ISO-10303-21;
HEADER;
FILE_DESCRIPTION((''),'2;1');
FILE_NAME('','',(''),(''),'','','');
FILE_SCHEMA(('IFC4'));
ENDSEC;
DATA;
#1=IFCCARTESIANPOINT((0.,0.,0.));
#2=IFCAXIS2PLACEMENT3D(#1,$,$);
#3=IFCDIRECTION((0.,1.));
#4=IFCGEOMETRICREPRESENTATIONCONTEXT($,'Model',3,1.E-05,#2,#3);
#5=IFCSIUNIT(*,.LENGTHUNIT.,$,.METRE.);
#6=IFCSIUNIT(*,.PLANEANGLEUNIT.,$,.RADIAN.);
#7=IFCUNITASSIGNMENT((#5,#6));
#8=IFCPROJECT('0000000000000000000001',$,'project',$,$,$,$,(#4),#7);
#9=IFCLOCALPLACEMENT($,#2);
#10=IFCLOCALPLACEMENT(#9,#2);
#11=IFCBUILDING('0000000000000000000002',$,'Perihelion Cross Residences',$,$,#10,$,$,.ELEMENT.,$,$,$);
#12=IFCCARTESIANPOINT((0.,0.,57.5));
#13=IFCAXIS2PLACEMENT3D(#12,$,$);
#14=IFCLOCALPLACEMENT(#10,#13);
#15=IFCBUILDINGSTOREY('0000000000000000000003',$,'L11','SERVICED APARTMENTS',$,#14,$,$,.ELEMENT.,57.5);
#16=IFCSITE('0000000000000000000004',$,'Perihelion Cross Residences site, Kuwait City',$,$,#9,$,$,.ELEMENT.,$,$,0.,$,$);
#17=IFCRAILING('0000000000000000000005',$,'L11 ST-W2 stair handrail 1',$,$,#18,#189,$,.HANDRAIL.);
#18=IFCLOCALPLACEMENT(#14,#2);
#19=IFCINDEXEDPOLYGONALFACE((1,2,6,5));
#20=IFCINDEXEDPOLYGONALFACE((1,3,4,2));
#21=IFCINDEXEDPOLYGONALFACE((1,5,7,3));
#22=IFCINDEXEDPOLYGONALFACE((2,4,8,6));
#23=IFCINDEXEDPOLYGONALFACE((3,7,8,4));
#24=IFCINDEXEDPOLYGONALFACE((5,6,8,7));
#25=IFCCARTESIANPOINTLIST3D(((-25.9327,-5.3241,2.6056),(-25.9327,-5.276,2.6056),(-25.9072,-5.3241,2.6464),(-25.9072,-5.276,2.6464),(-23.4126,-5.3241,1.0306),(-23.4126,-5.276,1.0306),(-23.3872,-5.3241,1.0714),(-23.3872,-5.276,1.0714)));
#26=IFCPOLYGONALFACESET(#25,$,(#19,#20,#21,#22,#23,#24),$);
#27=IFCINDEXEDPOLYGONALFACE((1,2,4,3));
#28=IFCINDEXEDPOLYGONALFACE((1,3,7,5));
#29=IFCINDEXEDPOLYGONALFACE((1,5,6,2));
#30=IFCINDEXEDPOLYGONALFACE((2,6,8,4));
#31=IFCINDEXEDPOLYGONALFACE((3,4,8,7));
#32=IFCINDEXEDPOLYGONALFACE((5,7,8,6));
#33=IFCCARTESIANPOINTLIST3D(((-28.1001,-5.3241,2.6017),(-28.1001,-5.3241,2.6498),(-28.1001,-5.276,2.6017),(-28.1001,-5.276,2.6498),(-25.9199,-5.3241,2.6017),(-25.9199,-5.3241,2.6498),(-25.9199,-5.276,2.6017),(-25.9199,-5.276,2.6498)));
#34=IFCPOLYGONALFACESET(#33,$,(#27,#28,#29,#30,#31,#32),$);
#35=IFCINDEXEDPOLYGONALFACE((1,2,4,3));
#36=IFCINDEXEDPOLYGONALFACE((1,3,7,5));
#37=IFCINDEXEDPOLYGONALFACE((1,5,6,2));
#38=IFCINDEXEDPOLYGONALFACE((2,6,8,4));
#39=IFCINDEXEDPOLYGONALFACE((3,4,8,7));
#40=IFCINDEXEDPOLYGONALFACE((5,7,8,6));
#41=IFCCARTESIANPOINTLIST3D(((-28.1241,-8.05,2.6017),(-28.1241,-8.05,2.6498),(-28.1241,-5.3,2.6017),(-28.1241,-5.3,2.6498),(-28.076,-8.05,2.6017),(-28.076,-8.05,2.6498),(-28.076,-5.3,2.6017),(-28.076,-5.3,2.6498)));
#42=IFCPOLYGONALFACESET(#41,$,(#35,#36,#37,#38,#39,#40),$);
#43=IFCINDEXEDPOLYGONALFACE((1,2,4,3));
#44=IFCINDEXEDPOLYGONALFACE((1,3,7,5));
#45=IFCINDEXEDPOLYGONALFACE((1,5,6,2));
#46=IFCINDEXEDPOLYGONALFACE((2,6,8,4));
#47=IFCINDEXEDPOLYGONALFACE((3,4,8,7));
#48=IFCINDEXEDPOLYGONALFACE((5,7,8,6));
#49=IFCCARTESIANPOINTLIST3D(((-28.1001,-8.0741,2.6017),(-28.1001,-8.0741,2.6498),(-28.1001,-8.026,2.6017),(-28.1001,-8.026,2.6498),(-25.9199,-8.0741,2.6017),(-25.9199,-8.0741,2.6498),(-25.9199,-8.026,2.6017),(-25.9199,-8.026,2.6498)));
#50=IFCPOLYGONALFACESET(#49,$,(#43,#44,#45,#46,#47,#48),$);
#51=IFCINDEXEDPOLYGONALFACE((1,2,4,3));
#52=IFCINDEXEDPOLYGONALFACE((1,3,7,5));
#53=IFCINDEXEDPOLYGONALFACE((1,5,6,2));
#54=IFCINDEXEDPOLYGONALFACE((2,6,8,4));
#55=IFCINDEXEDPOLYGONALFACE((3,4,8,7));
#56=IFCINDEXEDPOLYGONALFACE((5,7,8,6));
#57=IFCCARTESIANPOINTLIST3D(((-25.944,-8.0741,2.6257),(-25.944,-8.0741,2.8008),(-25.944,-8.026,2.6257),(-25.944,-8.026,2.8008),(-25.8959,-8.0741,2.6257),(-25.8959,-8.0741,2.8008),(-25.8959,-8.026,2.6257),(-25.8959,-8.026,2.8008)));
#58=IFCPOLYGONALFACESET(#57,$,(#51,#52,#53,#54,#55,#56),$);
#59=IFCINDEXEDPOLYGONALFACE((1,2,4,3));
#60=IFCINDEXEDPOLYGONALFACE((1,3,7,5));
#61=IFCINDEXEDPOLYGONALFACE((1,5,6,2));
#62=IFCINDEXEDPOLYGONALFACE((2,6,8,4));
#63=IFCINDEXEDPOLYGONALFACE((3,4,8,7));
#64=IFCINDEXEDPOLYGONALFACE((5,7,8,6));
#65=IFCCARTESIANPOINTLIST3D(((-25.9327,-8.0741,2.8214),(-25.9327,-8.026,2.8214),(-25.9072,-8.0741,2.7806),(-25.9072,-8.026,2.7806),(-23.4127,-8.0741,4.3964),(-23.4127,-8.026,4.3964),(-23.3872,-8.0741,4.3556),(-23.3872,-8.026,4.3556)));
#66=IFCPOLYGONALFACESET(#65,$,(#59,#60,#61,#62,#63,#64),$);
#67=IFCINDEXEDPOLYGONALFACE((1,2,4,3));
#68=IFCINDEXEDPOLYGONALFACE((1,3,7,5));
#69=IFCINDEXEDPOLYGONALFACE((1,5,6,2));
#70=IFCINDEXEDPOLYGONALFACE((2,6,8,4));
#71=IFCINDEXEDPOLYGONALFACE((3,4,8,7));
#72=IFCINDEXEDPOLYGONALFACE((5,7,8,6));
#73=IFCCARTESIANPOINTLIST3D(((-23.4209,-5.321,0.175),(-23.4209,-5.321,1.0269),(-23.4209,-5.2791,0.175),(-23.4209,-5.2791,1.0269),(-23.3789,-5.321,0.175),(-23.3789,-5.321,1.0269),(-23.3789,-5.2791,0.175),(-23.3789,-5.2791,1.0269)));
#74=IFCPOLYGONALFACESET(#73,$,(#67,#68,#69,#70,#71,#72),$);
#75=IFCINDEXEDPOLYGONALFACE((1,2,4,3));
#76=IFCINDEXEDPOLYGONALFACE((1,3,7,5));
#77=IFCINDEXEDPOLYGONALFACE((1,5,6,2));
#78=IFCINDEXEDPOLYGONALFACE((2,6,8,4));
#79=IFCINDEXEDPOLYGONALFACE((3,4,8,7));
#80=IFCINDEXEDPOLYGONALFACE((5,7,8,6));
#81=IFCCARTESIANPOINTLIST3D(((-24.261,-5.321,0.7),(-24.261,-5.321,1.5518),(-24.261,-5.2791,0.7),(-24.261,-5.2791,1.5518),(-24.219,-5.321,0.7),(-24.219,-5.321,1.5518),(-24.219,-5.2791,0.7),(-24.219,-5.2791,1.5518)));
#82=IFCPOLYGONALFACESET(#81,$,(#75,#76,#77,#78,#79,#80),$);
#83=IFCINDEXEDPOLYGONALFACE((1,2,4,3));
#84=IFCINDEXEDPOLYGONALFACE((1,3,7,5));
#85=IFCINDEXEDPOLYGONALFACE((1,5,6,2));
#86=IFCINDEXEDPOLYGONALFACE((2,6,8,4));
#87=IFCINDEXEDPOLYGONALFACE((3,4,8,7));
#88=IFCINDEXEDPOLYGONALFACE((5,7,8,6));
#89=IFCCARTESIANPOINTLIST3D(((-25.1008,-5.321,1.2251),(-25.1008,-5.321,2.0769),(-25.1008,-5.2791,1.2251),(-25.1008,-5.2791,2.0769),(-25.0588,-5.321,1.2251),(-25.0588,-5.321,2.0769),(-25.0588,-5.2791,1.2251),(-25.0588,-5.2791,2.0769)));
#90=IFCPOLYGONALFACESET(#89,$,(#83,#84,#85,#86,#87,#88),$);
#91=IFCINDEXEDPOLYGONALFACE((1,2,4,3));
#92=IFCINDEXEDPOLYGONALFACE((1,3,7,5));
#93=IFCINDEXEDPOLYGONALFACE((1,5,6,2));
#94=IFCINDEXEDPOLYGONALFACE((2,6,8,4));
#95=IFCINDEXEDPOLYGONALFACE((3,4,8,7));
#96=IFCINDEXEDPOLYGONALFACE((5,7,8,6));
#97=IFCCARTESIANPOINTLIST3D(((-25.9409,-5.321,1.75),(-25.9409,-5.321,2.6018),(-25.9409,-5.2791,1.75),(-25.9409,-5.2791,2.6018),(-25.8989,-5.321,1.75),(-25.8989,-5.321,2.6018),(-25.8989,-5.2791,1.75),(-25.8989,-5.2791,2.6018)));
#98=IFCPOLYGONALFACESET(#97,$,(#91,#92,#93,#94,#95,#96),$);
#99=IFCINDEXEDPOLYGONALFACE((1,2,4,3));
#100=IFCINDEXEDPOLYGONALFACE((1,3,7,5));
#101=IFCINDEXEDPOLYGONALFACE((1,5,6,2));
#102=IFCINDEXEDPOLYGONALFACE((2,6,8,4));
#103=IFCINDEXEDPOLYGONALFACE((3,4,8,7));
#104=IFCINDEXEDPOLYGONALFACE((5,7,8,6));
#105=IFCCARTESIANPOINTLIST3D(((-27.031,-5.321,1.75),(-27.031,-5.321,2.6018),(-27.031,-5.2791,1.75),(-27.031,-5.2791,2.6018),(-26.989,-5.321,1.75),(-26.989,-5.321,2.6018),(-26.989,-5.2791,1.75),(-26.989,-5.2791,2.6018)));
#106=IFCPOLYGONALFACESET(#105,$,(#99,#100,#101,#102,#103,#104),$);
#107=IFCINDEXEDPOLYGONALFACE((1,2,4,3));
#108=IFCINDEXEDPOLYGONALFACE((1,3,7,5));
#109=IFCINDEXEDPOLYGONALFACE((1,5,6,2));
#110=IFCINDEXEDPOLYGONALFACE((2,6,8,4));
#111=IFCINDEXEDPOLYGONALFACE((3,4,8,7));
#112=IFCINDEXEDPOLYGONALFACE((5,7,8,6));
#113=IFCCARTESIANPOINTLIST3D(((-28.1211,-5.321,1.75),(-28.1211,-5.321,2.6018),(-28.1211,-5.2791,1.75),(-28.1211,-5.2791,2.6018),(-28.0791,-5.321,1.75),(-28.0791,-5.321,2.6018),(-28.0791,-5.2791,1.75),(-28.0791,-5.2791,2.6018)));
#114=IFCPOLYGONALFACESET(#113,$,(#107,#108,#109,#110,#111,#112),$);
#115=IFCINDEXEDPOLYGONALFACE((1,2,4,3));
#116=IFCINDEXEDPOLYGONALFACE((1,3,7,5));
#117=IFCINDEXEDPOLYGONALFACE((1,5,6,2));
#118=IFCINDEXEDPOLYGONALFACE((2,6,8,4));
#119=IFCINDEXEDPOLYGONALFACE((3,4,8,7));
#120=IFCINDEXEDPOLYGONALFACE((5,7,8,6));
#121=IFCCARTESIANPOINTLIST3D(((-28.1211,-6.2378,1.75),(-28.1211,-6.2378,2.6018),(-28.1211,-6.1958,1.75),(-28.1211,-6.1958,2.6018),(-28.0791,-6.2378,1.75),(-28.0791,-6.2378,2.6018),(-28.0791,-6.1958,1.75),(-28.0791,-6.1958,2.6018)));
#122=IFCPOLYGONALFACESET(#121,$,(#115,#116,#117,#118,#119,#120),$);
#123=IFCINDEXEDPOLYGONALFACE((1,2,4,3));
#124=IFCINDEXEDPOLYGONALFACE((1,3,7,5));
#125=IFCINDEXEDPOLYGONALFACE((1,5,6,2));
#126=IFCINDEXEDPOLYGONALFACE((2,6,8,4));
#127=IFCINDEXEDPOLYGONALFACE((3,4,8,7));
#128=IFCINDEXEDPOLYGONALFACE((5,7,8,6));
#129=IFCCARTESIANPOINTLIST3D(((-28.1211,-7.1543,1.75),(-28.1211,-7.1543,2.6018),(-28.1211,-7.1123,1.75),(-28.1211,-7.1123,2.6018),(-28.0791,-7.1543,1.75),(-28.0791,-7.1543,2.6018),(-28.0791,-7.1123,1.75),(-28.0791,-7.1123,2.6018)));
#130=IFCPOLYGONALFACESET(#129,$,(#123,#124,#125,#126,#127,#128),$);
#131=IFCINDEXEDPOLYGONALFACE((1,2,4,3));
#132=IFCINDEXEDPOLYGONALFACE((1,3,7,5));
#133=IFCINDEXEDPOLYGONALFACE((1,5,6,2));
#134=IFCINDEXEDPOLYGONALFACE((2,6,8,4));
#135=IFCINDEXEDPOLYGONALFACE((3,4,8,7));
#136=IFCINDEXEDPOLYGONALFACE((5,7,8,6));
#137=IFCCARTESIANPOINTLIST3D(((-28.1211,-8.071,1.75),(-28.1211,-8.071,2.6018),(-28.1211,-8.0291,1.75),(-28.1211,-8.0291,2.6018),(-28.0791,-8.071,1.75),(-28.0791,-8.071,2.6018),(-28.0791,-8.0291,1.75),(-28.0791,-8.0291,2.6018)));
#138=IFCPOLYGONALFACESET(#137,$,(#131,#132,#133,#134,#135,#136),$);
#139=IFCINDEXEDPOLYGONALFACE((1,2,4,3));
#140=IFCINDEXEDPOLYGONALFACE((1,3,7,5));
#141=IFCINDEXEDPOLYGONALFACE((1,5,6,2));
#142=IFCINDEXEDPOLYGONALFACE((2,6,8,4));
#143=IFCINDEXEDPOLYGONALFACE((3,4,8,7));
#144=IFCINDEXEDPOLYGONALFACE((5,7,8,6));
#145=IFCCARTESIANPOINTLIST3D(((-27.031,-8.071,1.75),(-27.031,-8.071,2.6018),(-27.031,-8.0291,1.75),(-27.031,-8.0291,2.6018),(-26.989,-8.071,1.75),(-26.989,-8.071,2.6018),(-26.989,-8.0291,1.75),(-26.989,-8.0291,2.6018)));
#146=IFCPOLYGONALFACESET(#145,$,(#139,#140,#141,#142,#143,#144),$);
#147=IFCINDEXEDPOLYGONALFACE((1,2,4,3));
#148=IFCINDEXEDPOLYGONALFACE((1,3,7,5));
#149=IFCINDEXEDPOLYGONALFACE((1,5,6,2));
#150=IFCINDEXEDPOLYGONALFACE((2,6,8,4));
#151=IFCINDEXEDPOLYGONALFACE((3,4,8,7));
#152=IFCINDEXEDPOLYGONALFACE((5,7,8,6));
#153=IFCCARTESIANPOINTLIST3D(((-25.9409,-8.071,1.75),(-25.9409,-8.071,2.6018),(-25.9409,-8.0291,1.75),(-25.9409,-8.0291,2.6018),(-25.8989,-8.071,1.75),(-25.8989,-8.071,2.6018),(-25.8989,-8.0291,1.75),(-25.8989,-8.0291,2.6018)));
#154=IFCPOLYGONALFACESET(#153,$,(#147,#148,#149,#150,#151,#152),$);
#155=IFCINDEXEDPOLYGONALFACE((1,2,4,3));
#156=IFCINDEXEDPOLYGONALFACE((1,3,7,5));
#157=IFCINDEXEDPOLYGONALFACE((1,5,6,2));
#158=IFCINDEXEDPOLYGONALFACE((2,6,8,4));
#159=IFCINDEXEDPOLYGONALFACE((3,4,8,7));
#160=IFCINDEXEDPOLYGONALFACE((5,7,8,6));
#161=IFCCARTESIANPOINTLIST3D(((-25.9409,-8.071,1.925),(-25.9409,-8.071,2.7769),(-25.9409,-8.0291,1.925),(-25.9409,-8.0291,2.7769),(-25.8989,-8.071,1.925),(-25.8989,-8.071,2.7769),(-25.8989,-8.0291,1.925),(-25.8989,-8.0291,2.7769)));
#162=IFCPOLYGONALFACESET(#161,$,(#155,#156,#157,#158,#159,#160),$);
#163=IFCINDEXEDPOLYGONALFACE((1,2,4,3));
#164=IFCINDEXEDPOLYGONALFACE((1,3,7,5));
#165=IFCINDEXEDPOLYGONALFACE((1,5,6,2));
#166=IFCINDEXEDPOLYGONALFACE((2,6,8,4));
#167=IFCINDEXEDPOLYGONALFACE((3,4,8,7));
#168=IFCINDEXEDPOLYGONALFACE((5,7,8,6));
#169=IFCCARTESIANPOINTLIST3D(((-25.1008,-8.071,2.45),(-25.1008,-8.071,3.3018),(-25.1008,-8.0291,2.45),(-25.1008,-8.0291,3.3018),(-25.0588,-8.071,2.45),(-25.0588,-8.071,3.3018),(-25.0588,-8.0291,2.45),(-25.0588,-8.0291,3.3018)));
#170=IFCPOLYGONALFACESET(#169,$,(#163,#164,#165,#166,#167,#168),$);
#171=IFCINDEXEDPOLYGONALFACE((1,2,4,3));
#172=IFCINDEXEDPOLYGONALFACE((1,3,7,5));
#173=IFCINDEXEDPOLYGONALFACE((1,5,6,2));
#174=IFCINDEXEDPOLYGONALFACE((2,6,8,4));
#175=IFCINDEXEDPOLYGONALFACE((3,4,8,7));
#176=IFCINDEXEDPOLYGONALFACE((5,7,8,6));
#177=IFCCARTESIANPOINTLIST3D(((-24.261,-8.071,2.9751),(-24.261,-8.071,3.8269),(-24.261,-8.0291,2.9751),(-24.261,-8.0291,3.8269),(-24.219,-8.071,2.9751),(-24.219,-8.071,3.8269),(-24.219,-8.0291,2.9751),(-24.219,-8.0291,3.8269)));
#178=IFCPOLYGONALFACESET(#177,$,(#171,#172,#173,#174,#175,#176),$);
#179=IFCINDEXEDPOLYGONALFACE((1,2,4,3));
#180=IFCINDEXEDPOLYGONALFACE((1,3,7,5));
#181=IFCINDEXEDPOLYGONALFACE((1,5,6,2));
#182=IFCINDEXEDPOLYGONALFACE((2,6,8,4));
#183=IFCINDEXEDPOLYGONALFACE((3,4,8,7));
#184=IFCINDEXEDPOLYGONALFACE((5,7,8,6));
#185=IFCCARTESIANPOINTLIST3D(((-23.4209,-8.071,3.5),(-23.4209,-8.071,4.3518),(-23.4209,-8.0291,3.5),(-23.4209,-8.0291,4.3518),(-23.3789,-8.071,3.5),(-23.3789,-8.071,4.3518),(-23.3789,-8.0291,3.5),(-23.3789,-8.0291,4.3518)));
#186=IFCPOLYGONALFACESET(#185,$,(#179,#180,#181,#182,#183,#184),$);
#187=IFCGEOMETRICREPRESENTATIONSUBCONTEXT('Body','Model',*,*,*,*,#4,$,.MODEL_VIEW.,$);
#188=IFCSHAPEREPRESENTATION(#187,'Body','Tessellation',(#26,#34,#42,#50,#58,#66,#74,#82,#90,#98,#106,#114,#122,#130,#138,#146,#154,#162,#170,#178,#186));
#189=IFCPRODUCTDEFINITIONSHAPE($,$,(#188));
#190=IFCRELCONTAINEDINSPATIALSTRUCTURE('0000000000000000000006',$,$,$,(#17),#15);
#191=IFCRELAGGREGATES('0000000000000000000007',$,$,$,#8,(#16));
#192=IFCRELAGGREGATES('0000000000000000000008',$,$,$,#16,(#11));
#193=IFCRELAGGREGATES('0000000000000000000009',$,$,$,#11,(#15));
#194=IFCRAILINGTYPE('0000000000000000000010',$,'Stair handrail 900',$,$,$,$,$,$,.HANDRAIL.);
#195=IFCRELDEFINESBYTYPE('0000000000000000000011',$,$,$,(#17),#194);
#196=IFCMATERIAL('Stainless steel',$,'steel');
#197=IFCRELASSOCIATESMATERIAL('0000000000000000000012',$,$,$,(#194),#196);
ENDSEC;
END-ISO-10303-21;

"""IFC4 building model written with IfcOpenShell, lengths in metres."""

from ifc_helpers import new_model, si_unit, direction, frame, origin, origin_2d, place, context, subcontext, project, spatial, rectangle, extrude, material, type_object, element, save


model = new_model("IFC4")

# Units and contexts
model_context = context("Model", 3, precision=1e-05, world=origin(), true_north=direction((0.0, 1.0)))
body_context = subcontext(model_context, "Body", "Model", "MODEL_VIEW")
ifc_project = project(units=[si_unit("LENGTHUNIT", "METRE"), si_unit("PLANEANGLEUNIT", "RADIAN")], contexts=[model_context])

# Site, building, storey
site_placement = place(None, origin())
site = spatial("IfcSite", under=ifc_project, at=site_placement, Name="Perihelion Cross Residences site, Kuwait City", CompositionType="ELEMENT", RefElevation=0.0)
building_placement = place(site_placement, origin())
building = spatial("IfcBuilding", under=site, at=building_placement, Name="Perihelion Cross Residences", CompositionType="ELEMENT")
storey_placement = place(building_placement, frame((0.0, 0.0, 57.5)))
storey = spatial("IfcBuildingStorey", under=building, at=storey_placement, Name="L11", Description="SERVICED APARTMENTS", CompositionType="ELEMENT", Elevation=57.5)

# Railing
ifc_material_1 = material(Name="Stainless steel", Category="steel")
railing_type_1 = type_object("IfcRailingType", Name="Stair handrail 900", PredefinedType="HANDRAIL", material=ifc_material_1)
railing_1_placement = place(storey_placement, frame((-23.3999, -5.3, 0.175)))
element("IfcRailing", 1, at=railing_1_placement, inside=storey, type_object=railing_type_1, Name="L11 ST-W2 stair handrail 1", PredefinedType="HANDRAIL", context=body_context, shape_type="SweptSolid", body=[
    extrude(rectangle(XDim=0.0481, YDim=0.0481, at=origin_2d()), frame((0.0, 0.0, 0.876), z_axis=(-0.848008, 0.0, 0.529984), x_axis=(0.0, -1.0, 0.0)), (0.0, 0.0, 1.0), 2.9717),
    extrude(rectangle(XDim=0.0481, YDim=0.0481, at=origin_2d()), frame((-2.52, 0.0, 2.4507), z_axis=(-1.0, 0.0, 0.0), x_axis=(0.0, -1.0, 0.0)), (0.0, 0.0, 1.0), 2.1802),
    extrude(rectangle(XDim=0.0481, YDim=0.0481, at=origin_2d()), frame((-4.7002, 0.0, 2.4507), z_axis=(0.0, -1.0, 0.0), x_axis=(1.0, 0.0, 0.0)), (0.0, 0.0, 1.0), 2.75),
    extrude(rectangle(XDim=0.0481, YDim=0.0481, at=origin_2d()), frame((-4.7002, -2.75, 2.4507), z_axis=(1.0, 0.0, 0.0), x_axis=(0.0, 1.0, 0.0)), (0.0, 0.0, 1.0), 2.1802),
    extrude(rectangle(XDim=0.0481, YDim=0.0481, at=origin_2d()), frame((-2.52, -2.75, 2.4507), z_axis=(0.0, 0.0, 1.0), x_axis=(1.0, 0.0, 0.0)), (0.0, 0.0, 1.0), 0.175),
    extrude(rectangle(XDim=0.0481, YDim=0.0481, at=origin_2d()), frame((-2.52, -2.75, 2.626), z_axis=(0.848008, 0.0, 0.529984), x_axis=(0.0, 1.0, 0.0)), (0.0, 0.0, 1.0), 2.9717),
    extrude(rectangle(XDim=0.042, YDim=0.042, at=origin_2d()), origin(), (0.0, 0.0, 1.0), 0.8518),
    extrude(rectangle(XDim=0.042, YDim=0.042, at=origin_2d()), frame((-0.8401, 0.0, 0.5249)), (0.0, 0.0, 1.0), 0.8518),
    extrude(rectangle(XDim=0.042, YDim=0.042, at=origin_2d()), frame((-1.6799, 0.0, 1.05)), (0.0, 0.0, 1.0), 0.8518),
    extrude(rectangle(XDim=0.042, YDim=0.042, at=origin_2d()), frame((-2.52, 0.0, 1.575)), (0.0, 0.0, 1.0), 0.8518),
    extrude(rectangle(XDim=0.042, YDim=0.042, at=origin_2d()), frame((-3.6101, 0.0, 1.575)), (0.0, 0.0, 1.0), 0.8518),
    extrude(rectangle(XDim=0.042, YDim=0.042, at=origin_2d()), frame((-4.7002, 0.0, 1.575)), (0.0, 0.0, 1.0), 0.8518),
    extrude(rectangle(XDim=0.042, YDim=0.042, at=origin_2d()), frame((-4.7002, -0.9167, 1.575)), (0.0, 0.0, 1.0), 0.8518),
    extrude(rectangle(XDim=0.042, YDim=0.042, at=origin_2d()), frame((-4.7002, -1.8333, 1.575)), (0.0, 0.0, 1.0), 0.8518),
    extrude(rectangle(XDim=0.042, YDim=0.042, at=origin_2d()), frame((-4.7002, -2.75, 1.575)), (0.0, 0.0, 1.0), 0.8518),
    extrude(rectangle(XDim=0.042, YDim=0.042, at=origin_2d()), frame((-3.6101, -2.75, 1.575)), (0.0, 0.0, 1.0), 0.8518),
    extrude(rectangle(XDim=0.042, YDim=0.042, at=origin_2d()), frame((-2.52, -2.75, 1.575)), (0.0, 0.0, 1.0), 0.8518),
    extrude(rectangle(XDim=0.042, YDim=0.042, at=origin_2d()), frame((-2.52, -2.75, 1.75)), (0.0, 0.0, 1.0), 0.8518),
    extrude(rectangle(XDim=0.042, YDim=0.042, at=origin_2d()), frame((-1.6799, -2.75, 2.2749)), (0.0, 0.0, 1.0), 0.8518),
    extrude(rectangle(XDim=0.042, YDim=0.042, at=origin_2d()), frame((-0.8401, -2.75, 2.8)), (0.0, 0.0, 1.0), 0.8518),
    extrude(rectangle(XDim=0.042, YDim=0.042, at=origin_2d()), frame((0.0, -2.75, 3.325)), (0.0, 0.0, 1.0), 0.8518),
])

save(model, "model.ifc")
